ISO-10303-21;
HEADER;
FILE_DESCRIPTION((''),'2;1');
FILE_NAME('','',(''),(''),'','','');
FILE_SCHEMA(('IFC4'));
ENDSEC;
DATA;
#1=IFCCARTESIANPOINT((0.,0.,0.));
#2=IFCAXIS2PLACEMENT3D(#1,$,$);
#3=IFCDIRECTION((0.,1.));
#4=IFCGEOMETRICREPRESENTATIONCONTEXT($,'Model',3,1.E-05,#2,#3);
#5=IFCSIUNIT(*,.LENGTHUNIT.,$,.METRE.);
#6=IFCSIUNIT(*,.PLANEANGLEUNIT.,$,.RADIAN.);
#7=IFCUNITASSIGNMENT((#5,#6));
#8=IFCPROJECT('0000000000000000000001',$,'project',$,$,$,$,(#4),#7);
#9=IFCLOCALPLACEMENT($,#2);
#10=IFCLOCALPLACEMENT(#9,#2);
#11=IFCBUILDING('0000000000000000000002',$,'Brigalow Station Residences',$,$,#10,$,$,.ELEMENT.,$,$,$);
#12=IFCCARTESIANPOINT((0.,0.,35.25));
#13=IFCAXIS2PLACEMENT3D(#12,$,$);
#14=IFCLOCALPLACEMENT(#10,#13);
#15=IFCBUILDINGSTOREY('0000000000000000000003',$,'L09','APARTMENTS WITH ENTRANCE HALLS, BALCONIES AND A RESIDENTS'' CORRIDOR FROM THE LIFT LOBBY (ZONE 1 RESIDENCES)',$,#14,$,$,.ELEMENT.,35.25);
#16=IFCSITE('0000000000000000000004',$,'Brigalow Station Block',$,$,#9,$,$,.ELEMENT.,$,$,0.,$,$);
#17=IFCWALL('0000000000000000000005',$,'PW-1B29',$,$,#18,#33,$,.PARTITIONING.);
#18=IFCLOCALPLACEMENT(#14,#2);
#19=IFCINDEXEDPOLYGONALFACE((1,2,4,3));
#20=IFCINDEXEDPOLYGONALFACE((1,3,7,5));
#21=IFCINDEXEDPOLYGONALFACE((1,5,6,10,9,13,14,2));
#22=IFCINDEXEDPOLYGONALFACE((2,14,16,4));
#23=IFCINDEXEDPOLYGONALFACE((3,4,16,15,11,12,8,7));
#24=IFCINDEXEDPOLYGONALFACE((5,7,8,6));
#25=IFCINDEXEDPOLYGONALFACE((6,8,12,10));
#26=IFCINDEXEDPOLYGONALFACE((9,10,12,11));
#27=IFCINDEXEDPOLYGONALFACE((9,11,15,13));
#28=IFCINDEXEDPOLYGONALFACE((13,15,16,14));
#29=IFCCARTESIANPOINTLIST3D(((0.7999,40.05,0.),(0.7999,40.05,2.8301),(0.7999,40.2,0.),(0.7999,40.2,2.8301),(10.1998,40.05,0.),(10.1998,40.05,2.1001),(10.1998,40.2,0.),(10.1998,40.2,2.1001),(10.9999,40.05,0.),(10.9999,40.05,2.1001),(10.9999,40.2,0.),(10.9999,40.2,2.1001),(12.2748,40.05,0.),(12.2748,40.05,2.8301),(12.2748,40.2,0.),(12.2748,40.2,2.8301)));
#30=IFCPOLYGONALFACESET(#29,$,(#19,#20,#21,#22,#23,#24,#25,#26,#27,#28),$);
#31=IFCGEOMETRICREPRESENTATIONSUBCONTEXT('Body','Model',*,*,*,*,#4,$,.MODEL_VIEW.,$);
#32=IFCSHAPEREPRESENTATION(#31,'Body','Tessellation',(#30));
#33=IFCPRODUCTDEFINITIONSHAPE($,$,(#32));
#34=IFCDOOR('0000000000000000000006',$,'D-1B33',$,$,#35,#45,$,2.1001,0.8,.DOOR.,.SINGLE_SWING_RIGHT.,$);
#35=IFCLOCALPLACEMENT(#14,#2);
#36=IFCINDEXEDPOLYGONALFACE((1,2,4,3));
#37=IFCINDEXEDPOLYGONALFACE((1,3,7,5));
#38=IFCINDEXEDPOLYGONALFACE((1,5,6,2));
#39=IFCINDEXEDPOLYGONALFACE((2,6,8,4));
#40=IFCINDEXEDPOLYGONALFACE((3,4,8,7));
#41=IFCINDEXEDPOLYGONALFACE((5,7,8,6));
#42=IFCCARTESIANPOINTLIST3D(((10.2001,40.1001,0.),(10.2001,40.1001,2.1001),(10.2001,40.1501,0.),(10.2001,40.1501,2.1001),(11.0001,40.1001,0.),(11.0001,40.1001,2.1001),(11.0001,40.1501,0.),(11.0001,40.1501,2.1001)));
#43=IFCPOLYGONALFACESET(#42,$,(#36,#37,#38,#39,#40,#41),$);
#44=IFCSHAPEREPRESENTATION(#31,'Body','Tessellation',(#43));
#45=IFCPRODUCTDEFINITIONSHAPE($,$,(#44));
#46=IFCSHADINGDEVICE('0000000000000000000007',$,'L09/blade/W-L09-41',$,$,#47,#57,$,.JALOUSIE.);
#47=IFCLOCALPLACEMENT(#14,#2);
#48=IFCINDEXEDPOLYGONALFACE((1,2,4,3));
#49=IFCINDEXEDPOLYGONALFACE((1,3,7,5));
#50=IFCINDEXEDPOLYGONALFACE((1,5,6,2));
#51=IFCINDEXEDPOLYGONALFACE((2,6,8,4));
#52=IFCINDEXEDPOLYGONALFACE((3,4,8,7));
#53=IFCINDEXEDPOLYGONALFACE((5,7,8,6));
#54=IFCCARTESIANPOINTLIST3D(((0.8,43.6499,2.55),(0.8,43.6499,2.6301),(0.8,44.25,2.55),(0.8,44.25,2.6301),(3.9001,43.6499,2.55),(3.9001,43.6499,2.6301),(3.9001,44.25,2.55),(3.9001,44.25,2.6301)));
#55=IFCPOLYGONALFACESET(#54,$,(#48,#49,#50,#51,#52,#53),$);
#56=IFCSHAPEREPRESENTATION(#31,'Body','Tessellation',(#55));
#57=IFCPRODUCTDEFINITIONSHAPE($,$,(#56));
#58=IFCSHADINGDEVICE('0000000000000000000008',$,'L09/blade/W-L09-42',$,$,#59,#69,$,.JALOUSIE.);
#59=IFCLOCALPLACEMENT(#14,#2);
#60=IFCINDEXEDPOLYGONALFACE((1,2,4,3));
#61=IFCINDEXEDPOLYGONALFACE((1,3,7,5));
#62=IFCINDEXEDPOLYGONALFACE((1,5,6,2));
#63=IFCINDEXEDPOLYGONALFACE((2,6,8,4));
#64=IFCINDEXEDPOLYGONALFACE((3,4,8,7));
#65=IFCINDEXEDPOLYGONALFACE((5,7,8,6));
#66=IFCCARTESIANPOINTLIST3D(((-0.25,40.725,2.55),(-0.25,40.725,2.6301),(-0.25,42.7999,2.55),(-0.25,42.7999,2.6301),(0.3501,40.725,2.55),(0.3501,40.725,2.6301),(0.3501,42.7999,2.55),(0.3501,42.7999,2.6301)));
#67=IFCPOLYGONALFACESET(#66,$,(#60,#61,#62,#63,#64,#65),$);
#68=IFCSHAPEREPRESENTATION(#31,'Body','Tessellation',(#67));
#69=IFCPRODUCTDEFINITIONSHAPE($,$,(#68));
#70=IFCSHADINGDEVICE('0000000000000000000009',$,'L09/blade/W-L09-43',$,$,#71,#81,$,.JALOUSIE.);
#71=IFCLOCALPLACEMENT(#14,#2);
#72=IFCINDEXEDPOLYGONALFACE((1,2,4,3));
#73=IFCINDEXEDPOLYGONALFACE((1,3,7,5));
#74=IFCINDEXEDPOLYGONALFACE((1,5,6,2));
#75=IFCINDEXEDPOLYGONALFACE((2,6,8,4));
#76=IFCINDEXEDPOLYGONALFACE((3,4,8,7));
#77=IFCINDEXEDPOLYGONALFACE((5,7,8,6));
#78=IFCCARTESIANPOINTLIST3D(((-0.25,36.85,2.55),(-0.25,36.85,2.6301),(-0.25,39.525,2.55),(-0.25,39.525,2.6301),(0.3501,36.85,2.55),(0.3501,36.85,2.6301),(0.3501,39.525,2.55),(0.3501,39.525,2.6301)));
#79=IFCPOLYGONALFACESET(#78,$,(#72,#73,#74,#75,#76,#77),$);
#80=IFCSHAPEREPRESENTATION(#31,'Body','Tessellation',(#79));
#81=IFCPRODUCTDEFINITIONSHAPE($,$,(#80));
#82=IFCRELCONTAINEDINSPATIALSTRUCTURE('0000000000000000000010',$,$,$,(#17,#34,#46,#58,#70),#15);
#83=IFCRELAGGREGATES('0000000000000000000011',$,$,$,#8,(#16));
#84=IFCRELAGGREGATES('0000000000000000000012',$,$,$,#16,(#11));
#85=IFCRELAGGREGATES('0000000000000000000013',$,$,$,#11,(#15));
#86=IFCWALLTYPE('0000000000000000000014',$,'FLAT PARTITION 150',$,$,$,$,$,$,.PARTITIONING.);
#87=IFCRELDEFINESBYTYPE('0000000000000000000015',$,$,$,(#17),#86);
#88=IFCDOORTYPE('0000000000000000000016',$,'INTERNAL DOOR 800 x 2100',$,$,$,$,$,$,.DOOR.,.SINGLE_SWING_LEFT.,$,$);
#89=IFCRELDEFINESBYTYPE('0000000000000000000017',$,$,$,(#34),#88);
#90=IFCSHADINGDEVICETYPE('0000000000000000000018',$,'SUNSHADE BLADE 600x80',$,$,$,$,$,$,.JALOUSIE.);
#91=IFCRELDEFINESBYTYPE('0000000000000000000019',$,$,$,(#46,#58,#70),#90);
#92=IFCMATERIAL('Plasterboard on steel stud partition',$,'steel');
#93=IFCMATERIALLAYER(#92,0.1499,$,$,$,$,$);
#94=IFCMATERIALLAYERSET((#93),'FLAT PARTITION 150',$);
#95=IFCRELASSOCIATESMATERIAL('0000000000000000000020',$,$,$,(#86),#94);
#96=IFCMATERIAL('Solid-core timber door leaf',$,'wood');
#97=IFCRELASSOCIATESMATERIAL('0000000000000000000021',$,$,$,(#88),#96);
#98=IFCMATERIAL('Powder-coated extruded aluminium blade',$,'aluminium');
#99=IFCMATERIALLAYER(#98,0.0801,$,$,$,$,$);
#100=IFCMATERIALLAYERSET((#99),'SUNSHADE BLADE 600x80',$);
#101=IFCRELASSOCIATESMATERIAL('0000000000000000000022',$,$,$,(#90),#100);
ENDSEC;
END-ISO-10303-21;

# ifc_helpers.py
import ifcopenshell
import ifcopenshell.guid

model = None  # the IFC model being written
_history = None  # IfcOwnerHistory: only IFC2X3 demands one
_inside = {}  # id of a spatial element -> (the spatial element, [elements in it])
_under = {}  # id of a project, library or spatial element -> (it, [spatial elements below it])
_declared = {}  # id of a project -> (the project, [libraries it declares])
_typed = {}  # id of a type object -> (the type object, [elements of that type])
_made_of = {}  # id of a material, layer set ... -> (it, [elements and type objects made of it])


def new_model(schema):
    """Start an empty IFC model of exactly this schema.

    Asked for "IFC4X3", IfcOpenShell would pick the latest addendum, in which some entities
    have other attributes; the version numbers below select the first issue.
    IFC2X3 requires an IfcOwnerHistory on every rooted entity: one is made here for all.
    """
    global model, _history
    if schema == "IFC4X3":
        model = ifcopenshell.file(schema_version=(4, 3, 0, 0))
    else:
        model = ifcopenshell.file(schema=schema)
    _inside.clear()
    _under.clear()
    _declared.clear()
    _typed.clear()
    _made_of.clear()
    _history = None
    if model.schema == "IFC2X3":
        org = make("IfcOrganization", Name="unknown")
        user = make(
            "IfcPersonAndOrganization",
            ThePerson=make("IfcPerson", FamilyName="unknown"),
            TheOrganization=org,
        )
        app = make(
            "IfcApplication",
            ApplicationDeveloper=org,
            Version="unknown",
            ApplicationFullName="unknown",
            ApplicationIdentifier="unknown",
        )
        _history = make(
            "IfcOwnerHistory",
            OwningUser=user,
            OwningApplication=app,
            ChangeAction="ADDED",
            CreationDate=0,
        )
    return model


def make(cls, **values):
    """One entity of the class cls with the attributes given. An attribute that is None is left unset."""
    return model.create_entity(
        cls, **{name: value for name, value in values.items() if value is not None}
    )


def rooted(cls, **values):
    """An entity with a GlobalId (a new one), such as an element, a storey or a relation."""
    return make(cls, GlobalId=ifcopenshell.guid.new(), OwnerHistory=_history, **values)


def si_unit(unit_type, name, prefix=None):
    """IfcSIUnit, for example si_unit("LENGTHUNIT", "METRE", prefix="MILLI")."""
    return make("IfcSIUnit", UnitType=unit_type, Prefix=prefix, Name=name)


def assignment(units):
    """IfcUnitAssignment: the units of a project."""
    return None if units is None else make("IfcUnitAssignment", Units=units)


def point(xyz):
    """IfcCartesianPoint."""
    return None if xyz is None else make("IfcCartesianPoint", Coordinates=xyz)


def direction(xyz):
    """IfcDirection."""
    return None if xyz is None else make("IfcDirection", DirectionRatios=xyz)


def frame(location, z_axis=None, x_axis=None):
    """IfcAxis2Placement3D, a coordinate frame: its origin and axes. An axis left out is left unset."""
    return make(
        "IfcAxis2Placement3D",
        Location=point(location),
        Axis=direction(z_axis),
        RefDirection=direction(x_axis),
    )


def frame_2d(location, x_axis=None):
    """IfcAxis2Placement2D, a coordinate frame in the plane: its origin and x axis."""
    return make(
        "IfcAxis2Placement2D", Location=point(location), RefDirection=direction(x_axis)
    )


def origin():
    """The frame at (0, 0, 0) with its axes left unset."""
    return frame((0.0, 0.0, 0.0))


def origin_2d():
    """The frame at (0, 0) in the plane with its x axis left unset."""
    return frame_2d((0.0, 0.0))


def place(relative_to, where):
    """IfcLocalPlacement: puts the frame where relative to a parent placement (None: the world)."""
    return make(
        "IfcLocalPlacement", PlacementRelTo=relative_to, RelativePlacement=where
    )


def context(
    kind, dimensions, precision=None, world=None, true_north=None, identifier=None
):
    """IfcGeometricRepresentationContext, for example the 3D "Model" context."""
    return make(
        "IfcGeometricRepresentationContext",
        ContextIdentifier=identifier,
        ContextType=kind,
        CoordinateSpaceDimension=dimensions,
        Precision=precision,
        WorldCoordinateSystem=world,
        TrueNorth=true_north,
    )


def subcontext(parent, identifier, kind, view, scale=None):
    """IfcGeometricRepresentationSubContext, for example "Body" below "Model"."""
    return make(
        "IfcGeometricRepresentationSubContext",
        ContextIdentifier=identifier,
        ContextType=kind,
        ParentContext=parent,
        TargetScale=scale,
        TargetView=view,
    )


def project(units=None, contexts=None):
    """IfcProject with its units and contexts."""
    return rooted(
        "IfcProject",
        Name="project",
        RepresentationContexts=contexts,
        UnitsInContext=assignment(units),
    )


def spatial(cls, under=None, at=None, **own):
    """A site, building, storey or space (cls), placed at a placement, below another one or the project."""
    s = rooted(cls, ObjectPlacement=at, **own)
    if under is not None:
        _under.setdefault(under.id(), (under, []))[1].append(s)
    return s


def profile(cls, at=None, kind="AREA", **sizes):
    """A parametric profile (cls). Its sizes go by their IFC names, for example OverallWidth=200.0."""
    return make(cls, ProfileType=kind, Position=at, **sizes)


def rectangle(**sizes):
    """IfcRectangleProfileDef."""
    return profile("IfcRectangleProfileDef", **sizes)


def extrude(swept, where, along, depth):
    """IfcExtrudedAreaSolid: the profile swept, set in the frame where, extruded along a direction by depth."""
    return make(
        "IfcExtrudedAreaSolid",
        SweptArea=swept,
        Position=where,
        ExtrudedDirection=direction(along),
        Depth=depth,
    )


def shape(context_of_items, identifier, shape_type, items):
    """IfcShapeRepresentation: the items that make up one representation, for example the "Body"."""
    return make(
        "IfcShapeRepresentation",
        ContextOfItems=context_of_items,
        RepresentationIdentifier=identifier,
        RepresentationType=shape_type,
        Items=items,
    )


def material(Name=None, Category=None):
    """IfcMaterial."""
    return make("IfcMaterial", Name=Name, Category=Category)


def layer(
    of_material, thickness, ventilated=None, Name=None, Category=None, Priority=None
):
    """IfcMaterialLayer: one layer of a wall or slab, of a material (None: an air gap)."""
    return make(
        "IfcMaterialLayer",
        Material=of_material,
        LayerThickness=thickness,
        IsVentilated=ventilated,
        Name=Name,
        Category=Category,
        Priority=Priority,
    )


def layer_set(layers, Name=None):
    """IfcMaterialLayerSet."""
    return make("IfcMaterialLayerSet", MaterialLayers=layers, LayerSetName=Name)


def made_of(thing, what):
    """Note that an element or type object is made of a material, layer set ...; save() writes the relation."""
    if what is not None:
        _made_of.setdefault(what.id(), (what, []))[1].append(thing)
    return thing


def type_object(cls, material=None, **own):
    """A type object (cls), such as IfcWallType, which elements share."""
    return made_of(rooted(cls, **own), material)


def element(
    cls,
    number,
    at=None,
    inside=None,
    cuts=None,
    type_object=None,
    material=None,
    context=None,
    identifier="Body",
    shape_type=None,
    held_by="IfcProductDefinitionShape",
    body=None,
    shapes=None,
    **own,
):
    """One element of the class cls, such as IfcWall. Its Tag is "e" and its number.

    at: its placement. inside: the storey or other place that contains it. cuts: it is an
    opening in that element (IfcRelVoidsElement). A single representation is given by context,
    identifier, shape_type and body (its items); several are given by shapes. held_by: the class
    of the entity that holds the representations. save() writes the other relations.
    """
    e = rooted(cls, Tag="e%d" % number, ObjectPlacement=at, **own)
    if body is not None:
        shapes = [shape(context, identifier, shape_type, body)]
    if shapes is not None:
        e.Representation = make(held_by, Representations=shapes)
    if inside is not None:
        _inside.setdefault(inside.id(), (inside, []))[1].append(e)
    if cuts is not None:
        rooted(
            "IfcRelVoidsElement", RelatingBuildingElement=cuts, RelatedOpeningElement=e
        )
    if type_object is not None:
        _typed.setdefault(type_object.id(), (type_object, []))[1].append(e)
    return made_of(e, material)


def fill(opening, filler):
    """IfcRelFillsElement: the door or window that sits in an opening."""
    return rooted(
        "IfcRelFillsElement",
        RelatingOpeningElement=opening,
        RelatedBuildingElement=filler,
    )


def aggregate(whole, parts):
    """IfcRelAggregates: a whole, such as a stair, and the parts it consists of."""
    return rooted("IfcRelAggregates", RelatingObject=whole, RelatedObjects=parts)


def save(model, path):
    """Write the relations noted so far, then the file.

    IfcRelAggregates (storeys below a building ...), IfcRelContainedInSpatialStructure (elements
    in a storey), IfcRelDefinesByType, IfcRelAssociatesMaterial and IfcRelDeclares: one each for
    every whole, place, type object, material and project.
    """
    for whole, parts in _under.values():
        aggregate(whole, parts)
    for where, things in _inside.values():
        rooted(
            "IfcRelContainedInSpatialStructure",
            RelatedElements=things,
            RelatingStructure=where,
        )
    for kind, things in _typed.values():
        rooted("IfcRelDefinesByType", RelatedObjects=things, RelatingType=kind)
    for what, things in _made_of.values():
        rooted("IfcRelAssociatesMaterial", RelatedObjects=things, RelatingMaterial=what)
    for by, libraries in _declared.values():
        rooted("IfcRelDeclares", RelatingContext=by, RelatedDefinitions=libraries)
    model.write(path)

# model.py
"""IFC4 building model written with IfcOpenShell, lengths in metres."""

from ifc_helpers import new_model, si_unit, direction, frame, frame_2d, origin, origin_2d, place, context, subcontext, project, spatial, rectangle, extrude, material, layer, layer_set, type_object, element, fill, save


model = new_model("IFC4")

# Units and contexts
model_context = context("Model", 3, precision=1e-05, world=origin(), true_north=direction((0.0, 1.0)))
body_context = subcontext(model_context, "Body", "Model", "MODEL_VIEW")
ifc_project = project(units=[si_unit("LENGTHUNIT", "METRE"), si_unit("PLANEANGLEUNIT", "RADIAN")], contexts=[model_context])

# Site, building, storey
site_placement = place(None, origin())
site = spatial("IfcSite", under=ifc_project, at=site_placement, Name="Brigalow Station Block", CompositionType="ELEMENT", RefElevation=0.0)
building_placement = place(site_placement, origin())
building = spatial("IfcBuilding", under=site, at=building_placement, Name="Brigalow Station Residences", CompositionType="ELEMENT")
storey_placement = place(building_placement, frame((0.0, 0.0, 35.25)))
storey = spatial("IfcBuildingStorey", under=building, at=storey_placement, Name="L09", Description="APARTMENTS WITH ENTRANCE HALLS, BALCONIES AND A RESIDENTS' CORRIDOR FROM THE LIFT LOBBY (ZONE 1 RESIDENCES)", CompositionType="ELEMENT", Elevation=35.25)

# Wall, opening, door
ifc_material_1 = material(Name="Plasterboard on steel stud partition", Category="steel")
ifc_layer_1 = layer(ifc_material_1, 0.1499)
ifc_layer_set_1 = layer_set([ifc_layer_1], Name="FLAT PARTITION 150")
wall_type_1 = type_object("IfcWallType", Name="FLAT PARTITION 150", PredefinedType="PARTITIONING", material=ifc_layer_set_1)
wall_1_placement = place(storey_placement, frame((0.8, 40.125, 0.0), z_axis=(0.0, 0.0, 1.0), x_axis=(1.0, 0.0, 0.0)))
wall_1 = element("IfcWall", 1, at=wall_1_placement, inside=storey, type_object=wall_type_1, Name="PW-1B29", PredefinedType="PARTITIONING", context=body_context, shape_type="SweptSolid", body=[
    extrude(rectangle(XDim=11.4749, YDim=0.1499, at=frame_2d((5.7373, 0.0))), origin(), (0.0, 0.0, 1.0), 2.8301),
])
opening_1_placement = place(wall_1_placement, frame((9.3999, 0.0, 0.0)))
opening_1 = element("IfcOpeningElement", 2, at=opening_1_placement, cuts=wall_1, PredefinedType="OPENING", context=body_context, shape_type="SweptSolid", body=[
    extrude(rectangle(XDim=0.8, YDim=2.1001, at=frame_2d((0.3999, 1.05))), frame((0.0, 0.085, 0.0), z_axis=(0.0, -1.0, 0.0), x_axis=(1.0, 0.0, 0.0)), (0.0, 0.0, 1.0), 0.1699),
])
ifc_material_2 = material(Name="Solid-core timber door leaf", Category="wood")
door_type = type_object("IfcDoorType", Name="INTERNAL DOOR 800 x 2100", OperationType="SINGLE_SWING_LEFT", PredefinedType="DOOR", material=ifc_material_2)
door_placement = place(opening_1_placement, frame((0.8, 0.0, 0.0), z_axis=(0.0, 0.0, 1.0), x_axis=(-1.0, 0.0, 0.0)))
door = element("IfcDoor", 3, at=door_placement, inside=storey, type_object=door_type, Name="D-1B33", OperationType="SINGLE_SWING_RIGHT", OverallHeight=2.1001, OverallWidth=0.8, PredefinedType="DOOR", context=body_context, shape_type="SweptSolid", body=[
    extrude(rectangle(XDim=0.8, YDim=2.1001, at=frame_2d((0.3999, 1.05))), frame((0.0, 0.0249, 0.0), z_axis=(0.0, -1.0, 0.0), x_axis=(1.0, 0.0, 0.0)), (0.0, 0.0, 1.0), 0.05),
])
fill(opening_1, door)

# Shading devices
ifc_material_3 = material(Name="Powder-coated extruded aluminium blade", Category="aluminium")
ifc_layer_2 = layer(ifc_material_3, 0.0801)
ifc_layer_set_2 = layer_set([ifc_layer_2], Name="SUNSHADE BLADE 600x80")
shading_device_type = type_object("IfcShadingDeviceType", Name="SUNSHADE BLADE 600x80", PredefinedType="JALOUSIE", material=ifc_layer_set_2)
shading_device_1_placement = place(storey_placement, frame((2.3501, 43.95, 2.55), z_axis=(0.0, 0.0, 1.0), x_axis=(-1.0, 0.0, 0.0)))
element("IfcShadingDevice", 4, at=shading_device_1_placement, inside=storey, type_object=shading_device_type, Name="L09/blade/W-L09-41", PredefinedType="JALOUSIE", context=body_context, shape_type="SweptSolid", body=[
    extrude(rectangle(XDim=3.1001, YDim=0.6001, at=origin_2d()), origin(), (0.0, 0.0, 1.0), 0.0801),
])
shading_device_2_placement = place(storey_placement, frame((0.05, 41.7625, 2.55), z_axis=(0.0, 0.0, 1.0), x_axis=(0.0, -1.0, 0.0)))
element("IfcShadingDevice", 5, at=shading_device_2_placement, inside=storey, type_object=shading_device_type, Name="L09/blade/W-L09-42", PredefinedType="JALOUSIE", context=body_context, shape_type="SweptSolid", body=[
    extrude(rectangle(XDim=2.075, YDim=0.6001, at=origin_2d()), origin(), (0.0, 0.0, 1.0), 0.0801),
])
shading_device_3_placement = place(storey_placement, frame((0.05, 38.1875, 2.55), z_axis=(0.0, 0.0, 1.0), x_axis=(0.0, -1.0, 0.0)))
element("IfcShadingDevice", 6, at=shading_device_3_placement, inside=storey, type_object=shading_device_type, Name="L09/blade/W-L09-43", PredefinedType="JALOUSIE", context=body_context, shape_type="SweptSolid", body=[
    extrude(rectangle(XDim=2.675, YDim=0.6001, at=origin_2d()), origin(), (0.0, 0.0, 1.0), 0.0801),
])

save(model, "model.ifc")
